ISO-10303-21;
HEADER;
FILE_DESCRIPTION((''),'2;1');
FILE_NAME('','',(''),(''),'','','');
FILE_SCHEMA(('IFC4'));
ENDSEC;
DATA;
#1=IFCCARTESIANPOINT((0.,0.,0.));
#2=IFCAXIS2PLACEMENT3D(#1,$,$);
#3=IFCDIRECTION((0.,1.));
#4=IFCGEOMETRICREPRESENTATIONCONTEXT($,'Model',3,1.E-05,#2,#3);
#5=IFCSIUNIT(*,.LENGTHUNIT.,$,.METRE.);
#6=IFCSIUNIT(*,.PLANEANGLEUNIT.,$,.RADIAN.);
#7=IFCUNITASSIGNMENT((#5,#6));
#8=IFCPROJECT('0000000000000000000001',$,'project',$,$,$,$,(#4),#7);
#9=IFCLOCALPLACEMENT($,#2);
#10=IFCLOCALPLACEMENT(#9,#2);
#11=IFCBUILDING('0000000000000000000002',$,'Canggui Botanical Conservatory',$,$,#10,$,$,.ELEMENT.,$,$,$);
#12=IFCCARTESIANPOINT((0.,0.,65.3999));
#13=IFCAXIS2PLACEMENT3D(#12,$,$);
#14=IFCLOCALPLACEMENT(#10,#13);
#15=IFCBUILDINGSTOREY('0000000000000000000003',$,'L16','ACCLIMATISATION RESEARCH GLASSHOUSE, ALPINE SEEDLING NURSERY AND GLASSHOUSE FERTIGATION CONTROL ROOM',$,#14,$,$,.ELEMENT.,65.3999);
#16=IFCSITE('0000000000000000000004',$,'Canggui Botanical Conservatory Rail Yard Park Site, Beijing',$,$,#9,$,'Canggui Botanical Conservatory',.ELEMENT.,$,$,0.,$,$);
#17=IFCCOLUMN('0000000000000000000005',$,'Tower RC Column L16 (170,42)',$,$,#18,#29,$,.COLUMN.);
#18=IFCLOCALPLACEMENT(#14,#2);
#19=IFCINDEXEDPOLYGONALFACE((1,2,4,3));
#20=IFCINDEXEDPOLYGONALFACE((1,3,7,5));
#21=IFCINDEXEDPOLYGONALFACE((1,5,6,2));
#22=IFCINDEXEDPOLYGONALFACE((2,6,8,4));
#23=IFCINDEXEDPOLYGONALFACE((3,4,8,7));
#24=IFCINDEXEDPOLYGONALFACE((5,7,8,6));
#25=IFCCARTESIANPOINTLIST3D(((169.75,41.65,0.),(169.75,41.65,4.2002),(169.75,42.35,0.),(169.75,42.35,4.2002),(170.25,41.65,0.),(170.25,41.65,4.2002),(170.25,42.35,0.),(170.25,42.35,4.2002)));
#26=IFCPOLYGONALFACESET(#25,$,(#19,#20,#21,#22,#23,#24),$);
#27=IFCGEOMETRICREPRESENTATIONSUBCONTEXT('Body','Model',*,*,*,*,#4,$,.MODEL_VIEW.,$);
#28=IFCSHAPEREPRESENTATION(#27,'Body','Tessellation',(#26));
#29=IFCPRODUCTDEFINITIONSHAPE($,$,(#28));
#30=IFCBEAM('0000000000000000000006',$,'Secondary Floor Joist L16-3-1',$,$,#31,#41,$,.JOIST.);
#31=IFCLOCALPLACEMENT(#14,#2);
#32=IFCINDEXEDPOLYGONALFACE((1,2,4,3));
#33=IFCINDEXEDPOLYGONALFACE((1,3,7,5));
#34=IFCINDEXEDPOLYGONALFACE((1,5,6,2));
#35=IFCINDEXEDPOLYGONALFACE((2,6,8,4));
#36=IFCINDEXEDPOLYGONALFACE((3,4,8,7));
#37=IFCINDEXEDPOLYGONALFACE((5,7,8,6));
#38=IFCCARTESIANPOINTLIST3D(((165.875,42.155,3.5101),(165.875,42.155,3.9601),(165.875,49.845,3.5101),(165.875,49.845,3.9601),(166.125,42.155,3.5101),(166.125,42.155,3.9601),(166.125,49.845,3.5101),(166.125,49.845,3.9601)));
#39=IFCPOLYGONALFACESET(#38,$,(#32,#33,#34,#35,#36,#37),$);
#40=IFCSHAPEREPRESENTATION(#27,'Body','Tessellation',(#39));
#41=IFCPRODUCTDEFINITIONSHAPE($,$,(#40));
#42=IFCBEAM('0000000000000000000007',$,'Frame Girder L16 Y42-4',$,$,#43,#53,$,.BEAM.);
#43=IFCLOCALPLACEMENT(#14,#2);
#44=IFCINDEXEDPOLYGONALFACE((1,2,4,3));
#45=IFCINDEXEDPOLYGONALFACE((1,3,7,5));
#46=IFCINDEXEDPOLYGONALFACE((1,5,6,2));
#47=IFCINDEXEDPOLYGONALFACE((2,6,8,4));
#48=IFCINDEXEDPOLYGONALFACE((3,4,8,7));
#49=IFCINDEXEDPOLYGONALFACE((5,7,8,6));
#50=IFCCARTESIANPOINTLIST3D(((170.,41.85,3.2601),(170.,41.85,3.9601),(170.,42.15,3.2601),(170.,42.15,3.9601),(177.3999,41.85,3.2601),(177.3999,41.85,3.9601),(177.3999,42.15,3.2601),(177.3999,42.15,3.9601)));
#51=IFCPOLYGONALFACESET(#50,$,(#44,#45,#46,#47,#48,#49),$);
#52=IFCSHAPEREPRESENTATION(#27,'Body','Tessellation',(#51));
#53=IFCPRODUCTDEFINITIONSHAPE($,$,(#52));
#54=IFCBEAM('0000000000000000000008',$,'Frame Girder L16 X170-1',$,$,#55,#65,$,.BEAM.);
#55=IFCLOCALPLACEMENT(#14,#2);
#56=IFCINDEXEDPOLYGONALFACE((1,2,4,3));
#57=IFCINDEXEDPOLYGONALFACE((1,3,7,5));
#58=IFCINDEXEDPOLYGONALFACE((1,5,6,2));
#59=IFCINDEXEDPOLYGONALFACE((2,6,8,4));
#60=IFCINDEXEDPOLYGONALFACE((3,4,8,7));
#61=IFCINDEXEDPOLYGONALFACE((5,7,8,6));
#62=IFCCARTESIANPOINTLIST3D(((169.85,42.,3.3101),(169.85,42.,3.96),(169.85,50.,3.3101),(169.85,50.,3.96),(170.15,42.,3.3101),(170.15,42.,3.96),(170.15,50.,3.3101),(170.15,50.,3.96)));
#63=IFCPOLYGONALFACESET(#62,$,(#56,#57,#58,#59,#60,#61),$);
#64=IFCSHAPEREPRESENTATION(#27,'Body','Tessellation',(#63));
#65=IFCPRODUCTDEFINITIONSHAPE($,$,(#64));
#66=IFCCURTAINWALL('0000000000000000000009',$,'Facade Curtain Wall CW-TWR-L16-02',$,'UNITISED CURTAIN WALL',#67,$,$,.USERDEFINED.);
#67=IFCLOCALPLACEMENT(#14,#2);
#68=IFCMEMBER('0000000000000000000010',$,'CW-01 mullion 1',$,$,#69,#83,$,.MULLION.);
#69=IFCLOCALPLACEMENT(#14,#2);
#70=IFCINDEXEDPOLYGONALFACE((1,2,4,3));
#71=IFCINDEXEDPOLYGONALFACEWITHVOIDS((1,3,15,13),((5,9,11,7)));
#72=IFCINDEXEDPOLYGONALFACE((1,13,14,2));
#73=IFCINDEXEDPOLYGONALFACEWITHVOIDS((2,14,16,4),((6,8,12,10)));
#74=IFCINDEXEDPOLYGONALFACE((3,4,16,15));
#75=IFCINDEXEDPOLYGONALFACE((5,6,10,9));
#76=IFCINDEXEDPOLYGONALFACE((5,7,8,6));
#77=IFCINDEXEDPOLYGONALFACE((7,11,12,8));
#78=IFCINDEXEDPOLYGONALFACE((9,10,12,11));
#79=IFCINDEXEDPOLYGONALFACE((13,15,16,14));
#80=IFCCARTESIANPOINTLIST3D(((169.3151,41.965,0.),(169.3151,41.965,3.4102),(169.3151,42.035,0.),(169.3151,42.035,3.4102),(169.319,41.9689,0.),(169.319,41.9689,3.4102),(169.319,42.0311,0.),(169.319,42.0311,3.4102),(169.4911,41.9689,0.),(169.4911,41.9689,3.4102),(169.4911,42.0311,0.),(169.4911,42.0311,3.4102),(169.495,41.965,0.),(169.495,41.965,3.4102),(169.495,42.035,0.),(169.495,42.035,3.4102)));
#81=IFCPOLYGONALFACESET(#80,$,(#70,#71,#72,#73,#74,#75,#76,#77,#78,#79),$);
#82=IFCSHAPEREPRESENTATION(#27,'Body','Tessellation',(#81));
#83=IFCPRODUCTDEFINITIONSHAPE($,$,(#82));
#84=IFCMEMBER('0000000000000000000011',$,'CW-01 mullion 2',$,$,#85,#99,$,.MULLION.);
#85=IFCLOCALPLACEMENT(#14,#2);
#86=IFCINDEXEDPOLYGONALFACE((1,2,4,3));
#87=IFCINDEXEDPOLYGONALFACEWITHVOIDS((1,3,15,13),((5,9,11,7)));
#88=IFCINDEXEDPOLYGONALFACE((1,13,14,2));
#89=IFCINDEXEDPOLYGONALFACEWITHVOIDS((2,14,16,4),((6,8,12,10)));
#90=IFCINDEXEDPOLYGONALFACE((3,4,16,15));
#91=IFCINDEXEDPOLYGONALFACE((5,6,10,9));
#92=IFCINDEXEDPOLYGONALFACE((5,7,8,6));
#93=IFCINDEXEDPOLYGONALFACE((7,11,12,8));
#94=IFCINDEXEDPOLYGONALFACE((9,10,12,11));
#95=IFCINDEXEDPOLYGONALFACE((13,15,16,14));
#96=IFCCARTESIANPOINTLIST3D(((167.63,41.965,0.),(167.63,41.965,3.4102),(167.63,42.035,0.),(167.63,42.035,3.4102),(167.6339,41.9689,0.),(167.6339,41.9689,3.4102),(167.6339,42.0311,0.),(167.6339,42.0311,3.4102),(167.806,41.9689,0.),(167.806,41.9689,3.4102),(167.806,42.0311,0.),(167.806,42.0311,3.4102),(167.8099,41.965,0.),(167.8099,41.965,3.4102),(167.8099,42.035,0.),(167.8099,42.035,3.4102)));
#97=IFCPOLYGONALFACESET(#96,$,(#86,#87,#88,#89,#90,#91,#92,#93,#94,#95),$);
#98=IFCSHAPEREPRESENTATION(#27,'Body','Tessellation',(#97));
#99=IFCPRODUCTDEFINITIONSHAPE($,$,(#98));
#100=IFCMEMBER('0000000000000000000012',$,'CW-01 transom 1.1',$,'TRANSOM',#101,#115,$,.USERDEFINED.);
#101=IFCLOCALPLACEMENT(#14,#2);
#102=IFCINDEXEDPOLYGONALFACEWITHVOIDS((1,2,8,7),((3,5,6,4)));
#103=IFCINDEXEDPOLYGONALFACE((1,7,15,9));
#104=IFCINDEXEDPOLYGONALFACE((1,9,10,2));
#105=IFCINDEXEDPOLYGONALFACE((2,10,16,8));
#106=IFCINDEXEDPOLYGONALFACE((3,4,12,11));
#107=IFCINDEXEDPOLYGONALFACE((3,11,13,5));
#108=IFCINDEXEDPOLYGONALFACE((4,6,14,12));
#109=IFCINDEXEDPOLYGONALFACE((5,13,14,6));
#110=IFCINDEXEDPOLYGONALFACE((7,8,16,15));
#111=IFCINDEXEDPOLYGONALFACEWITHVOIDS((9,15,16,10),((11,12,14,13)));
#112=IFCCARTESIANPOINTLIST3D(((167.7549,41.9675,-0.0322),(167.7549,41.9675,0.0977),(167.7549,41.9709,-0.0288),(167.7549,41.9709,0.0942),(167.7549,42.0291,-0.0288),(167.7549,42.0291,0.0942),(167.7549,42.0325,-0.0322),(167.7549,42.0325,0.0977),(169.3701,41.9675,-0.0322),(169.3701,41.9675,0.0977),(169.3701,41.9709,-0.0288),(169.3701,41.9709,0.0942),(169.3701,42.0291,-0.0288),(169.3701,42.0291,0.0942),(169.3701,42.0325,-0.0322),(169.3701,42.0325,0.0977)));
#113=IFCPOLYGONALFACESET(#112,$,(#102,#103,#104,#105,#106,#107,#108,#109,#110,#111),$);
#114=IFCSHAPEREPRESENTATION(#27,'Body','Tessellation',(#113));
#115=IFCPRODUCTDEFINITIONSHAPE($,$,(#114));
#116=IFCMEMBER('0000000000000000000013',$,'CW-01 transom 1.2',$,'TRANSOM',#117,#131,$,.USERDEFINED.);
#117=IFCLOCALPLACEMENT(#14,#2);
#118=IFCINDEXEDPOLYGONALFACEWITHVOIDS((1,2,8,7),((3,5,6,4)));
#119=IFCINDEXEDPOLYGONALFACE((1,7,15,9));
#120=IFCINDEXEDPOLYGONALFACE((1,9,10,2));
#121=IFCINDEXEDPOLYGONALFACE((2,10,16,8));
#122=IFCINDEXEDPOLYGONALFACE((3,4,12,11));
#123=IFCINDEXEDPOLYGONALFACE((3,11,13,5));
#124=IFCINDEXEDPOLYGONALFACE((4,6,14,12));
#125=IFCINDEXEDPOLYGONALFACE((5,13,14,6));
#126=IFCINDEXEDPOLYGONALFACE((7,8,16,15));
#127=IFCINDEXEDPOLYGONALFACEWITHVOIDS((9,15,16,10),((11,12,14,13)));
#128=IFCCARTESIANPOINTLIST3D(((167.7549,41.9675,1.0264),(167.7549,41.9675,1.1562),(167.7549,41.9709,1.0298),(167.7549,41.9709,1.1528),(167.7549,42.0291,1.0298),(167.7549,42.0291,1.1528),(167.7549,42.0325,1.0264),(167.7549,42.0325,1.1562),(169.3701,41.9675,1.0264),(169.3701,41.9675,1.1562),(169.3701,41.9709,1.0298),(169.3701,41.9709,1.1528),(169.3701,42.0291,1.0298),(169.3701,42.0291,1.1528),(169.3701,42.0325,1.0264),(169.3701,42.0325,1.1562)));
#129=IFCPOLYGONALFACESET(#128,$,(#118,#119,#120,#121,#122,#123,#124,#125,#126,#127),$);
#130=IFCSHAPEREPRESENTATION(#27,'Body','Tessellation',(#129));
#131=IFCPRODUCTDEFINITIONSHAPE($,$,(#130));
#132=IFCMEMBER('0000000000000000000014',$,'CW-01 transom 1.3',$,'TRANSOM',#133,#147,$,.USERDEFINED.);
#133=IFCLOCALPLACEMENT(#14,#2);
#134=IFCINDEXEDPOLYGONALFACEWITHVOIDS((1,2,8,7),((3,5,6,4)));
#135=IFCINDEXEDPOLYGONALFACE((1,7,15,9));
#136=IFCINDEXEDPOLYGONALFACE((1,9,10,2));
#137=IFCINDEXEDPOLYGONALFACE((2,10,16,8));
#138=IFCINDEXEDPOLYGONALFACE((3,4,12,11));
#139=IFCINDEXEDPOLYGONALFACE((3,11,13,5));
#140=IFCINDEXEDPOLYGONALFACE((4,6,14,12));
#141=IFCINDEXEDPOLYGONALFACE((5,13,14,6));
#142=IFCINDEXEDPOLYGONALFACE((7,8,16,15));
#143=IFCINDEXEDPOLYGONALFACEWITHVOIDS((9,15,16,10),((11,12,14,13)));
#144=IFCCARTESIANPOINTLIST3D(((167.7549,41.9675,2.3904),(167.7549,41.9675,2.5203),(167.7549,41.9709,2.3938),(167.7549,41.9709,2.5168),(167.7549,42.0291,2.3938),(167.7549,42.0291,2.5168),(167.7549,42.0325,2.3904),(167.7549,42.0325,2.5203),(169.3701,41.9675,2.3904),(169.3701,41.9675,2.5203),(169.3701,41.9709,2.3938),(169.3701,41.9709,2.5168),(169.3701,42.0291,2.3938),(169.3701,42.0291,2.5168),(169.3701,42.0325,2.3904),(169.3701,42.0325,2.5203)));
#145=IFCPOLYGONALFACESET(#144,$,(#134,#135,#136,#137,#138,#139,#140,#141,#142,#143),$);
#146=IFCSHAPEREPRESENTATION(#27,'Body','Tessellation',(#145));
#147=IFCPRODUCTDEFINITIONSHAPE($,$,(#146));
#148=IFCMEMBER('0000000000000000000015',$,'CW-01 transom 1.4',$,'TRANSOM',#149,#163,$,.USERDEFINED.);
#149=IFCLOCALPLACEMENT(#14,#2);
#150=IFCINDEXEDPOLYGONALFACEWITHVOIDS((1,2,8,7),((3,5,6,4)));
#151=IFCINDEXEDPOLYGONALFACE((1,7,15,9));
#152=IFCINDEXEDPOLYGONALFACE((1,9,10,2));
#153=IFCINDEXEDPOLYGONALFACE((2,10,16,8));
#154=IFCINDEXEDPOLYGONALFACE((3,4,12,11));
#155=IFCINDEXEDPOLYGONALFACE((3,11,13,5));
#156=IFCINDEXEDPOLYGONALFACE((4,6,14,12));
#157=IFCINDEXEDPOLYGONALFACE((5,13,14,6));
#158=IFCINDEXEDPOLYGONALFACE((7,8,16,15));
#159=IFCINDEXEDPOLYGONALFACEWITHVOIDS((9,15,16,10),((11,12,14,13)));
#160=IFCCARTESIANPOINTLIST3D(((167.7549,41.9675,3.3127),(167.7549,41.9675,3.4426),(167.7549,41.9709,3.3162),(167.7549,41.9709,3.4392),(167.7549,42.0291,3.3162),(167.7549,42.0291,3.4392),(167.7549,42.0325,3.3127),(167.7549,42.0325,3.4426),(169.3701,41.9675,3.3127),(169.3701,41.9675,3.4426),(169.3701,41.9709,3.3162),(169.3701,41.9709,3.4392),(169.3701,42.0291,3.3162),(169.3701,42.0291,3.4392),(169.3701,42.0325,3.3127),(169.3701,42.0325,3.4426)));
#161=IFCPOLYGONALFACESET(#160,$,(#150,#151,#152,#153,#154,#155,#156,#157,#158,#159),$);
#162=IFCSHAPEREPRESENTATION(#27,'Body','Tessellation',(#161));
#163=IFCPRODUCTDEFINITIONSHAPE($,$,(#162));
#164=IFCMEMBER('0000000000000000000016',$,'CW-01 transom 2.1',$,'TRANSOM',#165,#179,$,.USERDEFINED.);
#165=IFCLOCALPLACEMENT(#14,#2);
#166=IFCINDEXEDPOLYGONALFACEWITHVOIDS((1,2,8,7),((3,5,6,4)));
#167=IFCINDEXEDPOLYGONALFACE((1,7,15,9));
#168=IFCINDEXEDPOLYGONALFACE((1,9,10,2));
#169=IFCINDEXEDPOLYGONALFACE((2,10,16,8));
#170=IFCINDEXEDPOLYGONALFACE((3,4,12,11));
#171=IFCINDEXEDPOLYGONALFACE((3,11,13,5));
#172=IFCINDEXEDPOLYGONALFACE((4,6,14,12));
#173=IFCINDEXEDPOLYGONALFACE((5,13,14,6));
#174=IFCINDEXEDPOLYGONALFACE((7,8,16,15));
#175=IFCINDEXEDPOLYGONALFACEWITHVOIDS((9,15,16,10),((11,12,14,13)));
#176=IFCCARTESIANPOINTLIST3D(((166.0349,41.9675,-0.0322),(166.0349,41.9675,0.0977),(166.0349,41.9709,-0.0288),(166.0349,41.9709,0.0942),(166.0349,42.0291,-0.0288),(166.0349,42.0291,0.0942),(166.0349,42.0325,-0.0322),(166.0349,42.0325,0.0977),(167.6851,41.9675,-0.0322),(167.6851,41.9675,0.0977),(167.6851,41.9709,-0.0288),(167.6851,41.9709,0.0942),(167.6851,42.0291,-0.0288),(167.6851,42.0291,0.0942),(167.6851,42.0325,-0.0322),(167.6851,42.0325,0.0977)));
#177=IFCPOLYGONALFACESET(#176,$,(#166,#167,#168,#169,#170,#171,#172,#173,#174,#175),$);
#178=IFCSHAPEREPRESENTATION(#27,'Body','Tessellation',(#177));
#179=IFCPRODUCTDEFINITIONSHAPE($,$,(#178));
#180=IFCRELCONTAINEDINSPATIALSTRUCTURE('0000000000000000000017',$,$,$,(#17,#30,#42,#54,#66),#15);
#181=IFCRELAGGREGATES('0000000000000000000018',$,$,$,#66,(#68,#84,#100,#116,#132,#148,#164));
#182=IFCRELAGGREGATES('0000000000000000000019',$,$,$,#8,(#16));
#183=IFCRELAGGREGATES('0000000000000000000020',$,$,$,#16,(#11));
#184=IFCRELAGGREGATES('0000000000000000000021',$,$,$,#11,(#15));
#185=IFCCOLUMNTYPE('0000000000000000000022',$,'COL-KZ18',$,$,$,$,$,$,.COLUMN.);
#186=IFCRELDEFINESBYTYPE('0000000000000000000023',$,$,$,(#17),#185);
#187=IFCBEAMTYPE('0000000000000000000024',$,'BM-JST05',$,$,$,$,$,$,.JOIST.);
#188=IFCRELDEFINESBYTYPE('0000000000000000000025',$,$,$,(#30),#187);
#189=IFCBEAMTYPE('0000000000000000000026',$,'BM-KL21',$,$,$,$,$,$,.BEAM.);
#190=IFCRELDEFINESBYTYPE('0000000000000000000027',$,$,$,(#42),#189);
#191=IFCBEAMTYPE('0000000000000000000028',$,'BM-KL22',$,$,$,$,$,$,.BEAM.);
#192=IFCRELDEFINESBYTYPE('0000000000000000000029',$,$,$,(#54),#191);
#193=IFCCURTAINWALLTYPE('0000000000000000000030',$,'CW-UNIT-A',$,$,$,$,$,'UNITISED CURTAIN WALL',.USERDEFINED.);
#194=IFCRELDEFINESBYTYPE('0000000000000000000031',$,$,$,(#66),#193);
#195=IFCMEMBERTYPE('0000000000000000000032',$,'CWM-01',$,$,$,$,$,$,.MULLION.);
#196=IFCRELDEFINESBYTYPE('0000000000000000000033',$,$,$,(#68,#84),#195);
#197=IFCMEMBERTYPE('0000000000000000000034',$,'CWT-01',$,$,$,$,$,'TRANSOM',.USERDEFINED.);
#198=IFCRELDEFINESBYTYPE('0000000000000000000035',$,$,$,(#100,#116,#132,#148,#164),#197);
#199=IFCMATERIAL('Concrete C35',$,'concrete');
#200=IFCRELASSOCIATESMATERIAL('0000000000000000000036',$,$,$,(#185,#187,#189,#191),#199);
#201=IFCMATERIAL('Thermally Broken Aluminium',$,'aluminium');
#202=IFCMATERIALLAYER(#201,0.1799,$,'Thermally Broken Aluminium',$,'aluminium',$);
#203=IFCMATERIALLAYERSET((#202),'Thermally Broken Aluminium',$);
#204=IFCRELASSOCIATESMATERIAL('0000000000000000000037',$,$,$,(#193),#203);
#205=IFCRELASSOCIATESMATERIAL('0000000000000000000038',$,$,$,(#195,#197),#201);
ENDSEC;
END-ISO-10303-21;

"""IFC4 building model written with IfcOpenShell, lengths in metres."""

from ifc_helpers import new_model, si_unit, direction, frame, origin, origin_2d, place, context, subcontext, project, spatial, rectangle, hollow_rectangle, extrude, material, layer, layer_set, material_profile, profile_set, type_object, element, aggregate, save


model = new_model("IFC4")

# Units and contexts
model_context = context("Model", 3, precision=1e-05, world=origin(), true_north=direction((0.0, 1.0)))
body_context = subcontext(model_context, "Body", "Model", "MODEL_VIEW")
ifc_project = project(units=[si_unit("LENGTHUNIT", "METRE"), si_unit("PLANEANGLEUNIT", "RADIAN")], contexts=[model_context])

# Site, building, storey
site_placement = place(None, origin())
site = spatial("IfcSite", under=ifc_project, at=site_placement, Name="Canggui Botanical Conservatory Rail Yard Park Site, Beijing", LongName="Canggui Botanical Conservatory", CompositionType="ELEMENT", RefElevation=0.0)
building_placement = place(site_placement, origin())
building = spatial("IfcBuilding", under=site, at=building_placement, Name="Canggui Botanical Conservatory", CompositionType="ELEMENT")
storey_placement = place(building_placement, frame((0.0, 0.0, 65.3999)))
storey = spatial("IfcBuildingStorey", under=building, at=storey_placement, Name="L16", Description="ACCLIMATISATION RESEARCH GLASSHOUSE, ALPINE SEEDLING NURSERY AND GLASSHOUSE FERTIGATION CONTROL ROOM", CompositionType="ELEMENT", Elevation=65.3999)

# Column
ifc_material_1 = material(Name="Concrete C35", Category="concrete")
ifc_material_profile_1 = material_profile(ifc_material_1, rectangle(XDim=0.5, YDim=0.7, at=origin_2d()), Name="RC 500x700")
ifc_profile_set_1 = profile_set([ifc_material_profile_1], Name="Concrete C35")
column_type = type_object("IfcColumnType", Name="COL-KZ18", PredefinedType="COLUMN", material=ifc_profile_set_1)
column_placement = place(storey_placement, frame((170.0, 42.0, 0.0), z_axis=(0.0, 0.0, 1.0), x_axis=(1.0, 0.0, 0.0)))
element("IfcColumn", 1, at=column_placement, inside=storey, type_object=column_type, Name="Tower RC Column L16 (170,42)", PredefinedType="COLUMN", context=body_context, shape_type="SweptSolid", body=[
    extrude(rectangle(XDim=0.5, YDim=0.7, at=origin_2d()), origin(), (0.0, 0.0, 1.0), 4.2002),
])

# Beams
ifc_material_profile_2 = material_profile(ifc_material_1, rectangle(XDim=0.25, YDim=0.45, at=origin_2d()), Name="RB 250x450")
ifc_profile_set_2 = profile_set([ifc_material_profile_2], Name="Concrete C35")
beam_type_1 = type_object("IfcBeamType", Name="BM-JST05", PredefinedType="JOIST", material=ifc_profile_set_2)
beam_1_placement = place(storey_placement, frame((166.0, 42.155, 3.7351), z_axis=(0.0, 1.0, 0.0), x_axis=(-1.0, 0.0, 0.0)))
element("IfcBeam", 2, at=beam_1_placement, inside=storey, type_object=beam_type_1, Name="Secondary Floor Joist L16-3-1", PredefinedType="JOIST", context=body_context, shape_type="SweptSolid", body=[
    extrude(rectangle(XDim=0.25, YDim=0.45, at=origin_2d()), origin(), (0.0, 0.0, 1.0), 7.6899),
])
ifc_material_profile_3 = material_profile(ifc_material_1, rectangle(XDim=0.3, YDim=0.7, at=origin_2d()), Name="RB 300x700")
ifc_profile_set_3 = profile_set([ifc_material_profile_3], Name="Concrete C35")
beam_type_2 = type_object("IfcBeamType", Name="BM-KL21", PredefinedType="BEAM", material=ifc_profile_set_3)
beam_2_placement = place(storey_placement, frame((170.0, 42.0, 3.6101), z_axis=(1.0, 0.0, 0.0), x_axis=(0.0, 1.0, 0.0)))
element("IfcBeam", 3, at=beam_2_placement, inside=storey, type_object=beam_type_2, Name="Frame Girder L16 Y42-4", PredefinedType="BEAM", context=body_context, shape_type="SweptSolid", body=[
    extrude(rectangle(XDim=0.3, YDim=0.7, at=origin_2d()), origin(), (0.0, 0.0, 1.0), 7.3999),
])
ifc_material_profile_4 = material_profile(ifc_material_1, rectangle(XDim=0.3, YDim=0.6499, at=origin_2d()), Name="RB 300x650")
ifc_profile_set_4 = profile_set([ifc_material_profile_4], Name="Concrete C35")
beam_type_3 = type_object("IfcBeamType", Name="BM-KL22", PredefinedType="BEAM", material=ifc_profile_set_4)
beam_3_placement = place(storey_placement, frame((170.0, 42.0, 3.635), z_axis=(0.0, 1.0, 0.0), x_axis=(-1.0, 0.0, 0.0)))
element("IfcBeam", 4, at=beam_3_placement, inside=storey, type_object=beam_type_3, Name="Frame Girder L16 X170-1", PredefinedType="BEAM", context=body_context, shape_type="SweptSolid", body=[
    extrude(rectangle(XDim=0.3, YDim=0.6499, at=origin_2d()), origin(), (0.0, 0.0, 1.0), 8.0),
])

# Curtain wall, members
ifc_material_2 = material(Name="Thermally Broken Aluminium", Category="aluminium")
ifc_layer_1 = layer(ifc_material_2, 0.1799, Name="Thermally Broken Aluminium", Category="aluminium")
ifc_layer_set_1 = layer_set([ifc_layer_1], Name="Thermally Broken Aluminium")
curtain_wall_type = type_object("IfcCurtainWallType", Name="CW-UNIT-A", ElementType="UNITISED CURTAIN WALL", PredefinedType="USERDEFINED", material=ifc_layer_set_1)
curtain_wall_placement = place(storey_placement, origin())
curtain_wall = element("IfcCurtainWall", 5, at=curtain_wall_placement, inside=storey, type_object=curtain_wall_type, Name="Facade Curtain Wall CW-TWR-L16-02", ObjectType="UNITISED CURTAIN WALL", PredefinedType="USERDEFINED")
ifc_material_profile_5 = material_profile(ifc_material_2, hollow_rectangle(XDim=0.0701, YDim=0.1799, WallThickness=0.0039, at=origin_2d()), Name="CWM 70x180x4")
ifc_profile_set_5 = profile_set([ifc_material_profile_5], Name="Thermally Broken Aluminium")
member_type_1 = type_object("IfcMemberType", Name="CWM-01", PredefinedType="MULLION", material=ifc_profile_set_5)
member_1_placement = place(storey_placement, frame((169.405, 42.0, 0.0), z_axis=(0.0, 0.0, 1.0), x_axis=(0.0, -1.0, 0.0)))
member_1 = element("IfcMember", 6, at=member_1_placement, type_object=member_type_1, Name="CW-01 mullion 1", PredefinedType="MULLION", context=body_context, shape_type="SweptSolid", body=[
    extrude(hollow_rectangle(XDim=0.0701, YDim=0.1799, WallThickness=0.0039, at=origin_2d()), origin(), (0.0, 0.0, 1.0), 3.4102),
])
member_2_placement = place(storey_placement, frame((167.72, 42.0, 0.0), z_axis=(0.0, 0.0, 1.0), x_axis=(0.0, -1.0, 0.0)))
member_2 = element("IfcMember", 7, at=member_2_placement, type_object=member_type_1, Name="CW-01 mullion 2", PredefinedType="MULLION", context=body_context, shape_type="SweptSolid", body=[
    extrude(hollow_rectangle(XDim=0.0701, YDim=0.1799, WallThickness=0.0039, at=origin_2d()), origin(), (0.0, 0.0, 1.0), 3.4102),
])
ifc_material_profile_6 = material_profile(ifc_material_2, hollow_rectangle(XDim=0.0649, YDim=0.1299, WallThickness=0.0034, at=origin_2d()), Name="CWT 65x130x3.5")
ifc_profile_set_6 = profile_set([ifc_material_profile_6], Name="Thermally Broken Aluminium")
member_type_2 = type_object("IfcMemberType", Name="CWT-01", ElementType="TRANSOM", PredefinedType="USERDEFINED", material=ifc_profile_set_6)
member_3_placement = place(storey_placement, frame((169.3701, 42.0, 0.0327), z_axis=(-1.0, 0.0, 0.0), x_axis=(0.0, -1.0, 0.0)))
member_3 = element("IfcMember", 8, at=member_3_placement, type_object=member_type_2, Name="CW-01 transom 1.1", ObjectType="TRANSOM", PredefinedType="USERDEFINED", context=body_context, shape_type="SweptSolid", body=[
    extrude(hollow_rectangle(XDim=0.0649, YDim=0.1299, WallThickness=0.0034, at=origin_2d()), origin(), (0.0, 0.0, 1.0), 1.6152),
])
member_4_placement = place(storey_placement, frame((169.3701, 42.0, 1.0913), z_axis=(-1.0, 0.0, 0.0), x_axis=(0.0, -1.0, 0.0)))
member_4 = element("IfcMember", 9, at=member_4_placement, type_object=member_type_2, Name="CW-01 transom 1.2", ObjectType="TRANSOM", PredefinedType="USERDEFINED", context=body_context, shape_type="SweptSolid", body=[
    extrude(hollow_rectangle(XDim=0.0649, YDim=0.1299, WallThickness=0.0034, at=origin_2d()), origin(), (0.0, 0.0, 1.0), 1.6152),
])
member_5_placement = place(storey_placement, frame((169.3701, 42.0, 2.4553), z_axis=(-1.0, 0.0, 0.0), x_axis=(0.0, -1.0, 0.0)))
member_5 = element("IfcMember", 10, at=member_5_placement, type_object=member_type_2, Name="CW-01 transom 1.3", ObjectType="TRANSOM", PredefinedType="USERDEFINED", context=body_context, shape_type="SweptSolid", body=[
    extrude(hollow_rectangle(XDim=0.0649, YDim=0.1299, WallThickness=0.0034, at=origin_2d()), origin(), (0.0, 0.0, 1.0), 1.6152),
])
member_6_placement = place(storey_placement, frame((169.3701, 42.0, 3.3777), z_axis=(-1.0, 0.0, 0.0), x_axis=(0.0, -1.0, 0.0)))
member_6 = element("IfcMember", 11, at=member_6_placement, type_object=member_type_2, Name="CW-01 transom 1.4", ObjectType="TRANSOM", PredefinedType="USERDEFINED", context=body_context, shape_type="SweptSolid", body=[
    extrude(hollow_rectangle(XDim=0.0649, YDim=0.1299, WallThickness=0.0034, at=origin_2d()), origin(), (0.0, 0.0, 1.0), 1.6152),
])
member_7_placement = place(storey_placement, frame((167.6851, 42.0, 0.0327), z_axis=(-1.0, 0.0, 0.0), x_axis=(0.0, -1.0, 0.0)))
member_7 = element("IfcMember", 12, at=member_7_placement, type_object=member_type_2, Name="CW-01 transom 2.1", ObjectType="TRANSOM", PredefinedType="USERDEFINED", context=body_context, shape_type="SweptSolid", body=[
    extrude(hollow_rectangle(XDim=0.0649, YDim=0.1299, WallThickness=0.0034, at=origin_2d()), origin(), (0.0, 0.0, 1.0), 1.6501),
])
aggregate(curtain_wall, [member_1, member_2, member_3, member_4, member_5, member_6, member_7])

save(model, "model.ifc")
